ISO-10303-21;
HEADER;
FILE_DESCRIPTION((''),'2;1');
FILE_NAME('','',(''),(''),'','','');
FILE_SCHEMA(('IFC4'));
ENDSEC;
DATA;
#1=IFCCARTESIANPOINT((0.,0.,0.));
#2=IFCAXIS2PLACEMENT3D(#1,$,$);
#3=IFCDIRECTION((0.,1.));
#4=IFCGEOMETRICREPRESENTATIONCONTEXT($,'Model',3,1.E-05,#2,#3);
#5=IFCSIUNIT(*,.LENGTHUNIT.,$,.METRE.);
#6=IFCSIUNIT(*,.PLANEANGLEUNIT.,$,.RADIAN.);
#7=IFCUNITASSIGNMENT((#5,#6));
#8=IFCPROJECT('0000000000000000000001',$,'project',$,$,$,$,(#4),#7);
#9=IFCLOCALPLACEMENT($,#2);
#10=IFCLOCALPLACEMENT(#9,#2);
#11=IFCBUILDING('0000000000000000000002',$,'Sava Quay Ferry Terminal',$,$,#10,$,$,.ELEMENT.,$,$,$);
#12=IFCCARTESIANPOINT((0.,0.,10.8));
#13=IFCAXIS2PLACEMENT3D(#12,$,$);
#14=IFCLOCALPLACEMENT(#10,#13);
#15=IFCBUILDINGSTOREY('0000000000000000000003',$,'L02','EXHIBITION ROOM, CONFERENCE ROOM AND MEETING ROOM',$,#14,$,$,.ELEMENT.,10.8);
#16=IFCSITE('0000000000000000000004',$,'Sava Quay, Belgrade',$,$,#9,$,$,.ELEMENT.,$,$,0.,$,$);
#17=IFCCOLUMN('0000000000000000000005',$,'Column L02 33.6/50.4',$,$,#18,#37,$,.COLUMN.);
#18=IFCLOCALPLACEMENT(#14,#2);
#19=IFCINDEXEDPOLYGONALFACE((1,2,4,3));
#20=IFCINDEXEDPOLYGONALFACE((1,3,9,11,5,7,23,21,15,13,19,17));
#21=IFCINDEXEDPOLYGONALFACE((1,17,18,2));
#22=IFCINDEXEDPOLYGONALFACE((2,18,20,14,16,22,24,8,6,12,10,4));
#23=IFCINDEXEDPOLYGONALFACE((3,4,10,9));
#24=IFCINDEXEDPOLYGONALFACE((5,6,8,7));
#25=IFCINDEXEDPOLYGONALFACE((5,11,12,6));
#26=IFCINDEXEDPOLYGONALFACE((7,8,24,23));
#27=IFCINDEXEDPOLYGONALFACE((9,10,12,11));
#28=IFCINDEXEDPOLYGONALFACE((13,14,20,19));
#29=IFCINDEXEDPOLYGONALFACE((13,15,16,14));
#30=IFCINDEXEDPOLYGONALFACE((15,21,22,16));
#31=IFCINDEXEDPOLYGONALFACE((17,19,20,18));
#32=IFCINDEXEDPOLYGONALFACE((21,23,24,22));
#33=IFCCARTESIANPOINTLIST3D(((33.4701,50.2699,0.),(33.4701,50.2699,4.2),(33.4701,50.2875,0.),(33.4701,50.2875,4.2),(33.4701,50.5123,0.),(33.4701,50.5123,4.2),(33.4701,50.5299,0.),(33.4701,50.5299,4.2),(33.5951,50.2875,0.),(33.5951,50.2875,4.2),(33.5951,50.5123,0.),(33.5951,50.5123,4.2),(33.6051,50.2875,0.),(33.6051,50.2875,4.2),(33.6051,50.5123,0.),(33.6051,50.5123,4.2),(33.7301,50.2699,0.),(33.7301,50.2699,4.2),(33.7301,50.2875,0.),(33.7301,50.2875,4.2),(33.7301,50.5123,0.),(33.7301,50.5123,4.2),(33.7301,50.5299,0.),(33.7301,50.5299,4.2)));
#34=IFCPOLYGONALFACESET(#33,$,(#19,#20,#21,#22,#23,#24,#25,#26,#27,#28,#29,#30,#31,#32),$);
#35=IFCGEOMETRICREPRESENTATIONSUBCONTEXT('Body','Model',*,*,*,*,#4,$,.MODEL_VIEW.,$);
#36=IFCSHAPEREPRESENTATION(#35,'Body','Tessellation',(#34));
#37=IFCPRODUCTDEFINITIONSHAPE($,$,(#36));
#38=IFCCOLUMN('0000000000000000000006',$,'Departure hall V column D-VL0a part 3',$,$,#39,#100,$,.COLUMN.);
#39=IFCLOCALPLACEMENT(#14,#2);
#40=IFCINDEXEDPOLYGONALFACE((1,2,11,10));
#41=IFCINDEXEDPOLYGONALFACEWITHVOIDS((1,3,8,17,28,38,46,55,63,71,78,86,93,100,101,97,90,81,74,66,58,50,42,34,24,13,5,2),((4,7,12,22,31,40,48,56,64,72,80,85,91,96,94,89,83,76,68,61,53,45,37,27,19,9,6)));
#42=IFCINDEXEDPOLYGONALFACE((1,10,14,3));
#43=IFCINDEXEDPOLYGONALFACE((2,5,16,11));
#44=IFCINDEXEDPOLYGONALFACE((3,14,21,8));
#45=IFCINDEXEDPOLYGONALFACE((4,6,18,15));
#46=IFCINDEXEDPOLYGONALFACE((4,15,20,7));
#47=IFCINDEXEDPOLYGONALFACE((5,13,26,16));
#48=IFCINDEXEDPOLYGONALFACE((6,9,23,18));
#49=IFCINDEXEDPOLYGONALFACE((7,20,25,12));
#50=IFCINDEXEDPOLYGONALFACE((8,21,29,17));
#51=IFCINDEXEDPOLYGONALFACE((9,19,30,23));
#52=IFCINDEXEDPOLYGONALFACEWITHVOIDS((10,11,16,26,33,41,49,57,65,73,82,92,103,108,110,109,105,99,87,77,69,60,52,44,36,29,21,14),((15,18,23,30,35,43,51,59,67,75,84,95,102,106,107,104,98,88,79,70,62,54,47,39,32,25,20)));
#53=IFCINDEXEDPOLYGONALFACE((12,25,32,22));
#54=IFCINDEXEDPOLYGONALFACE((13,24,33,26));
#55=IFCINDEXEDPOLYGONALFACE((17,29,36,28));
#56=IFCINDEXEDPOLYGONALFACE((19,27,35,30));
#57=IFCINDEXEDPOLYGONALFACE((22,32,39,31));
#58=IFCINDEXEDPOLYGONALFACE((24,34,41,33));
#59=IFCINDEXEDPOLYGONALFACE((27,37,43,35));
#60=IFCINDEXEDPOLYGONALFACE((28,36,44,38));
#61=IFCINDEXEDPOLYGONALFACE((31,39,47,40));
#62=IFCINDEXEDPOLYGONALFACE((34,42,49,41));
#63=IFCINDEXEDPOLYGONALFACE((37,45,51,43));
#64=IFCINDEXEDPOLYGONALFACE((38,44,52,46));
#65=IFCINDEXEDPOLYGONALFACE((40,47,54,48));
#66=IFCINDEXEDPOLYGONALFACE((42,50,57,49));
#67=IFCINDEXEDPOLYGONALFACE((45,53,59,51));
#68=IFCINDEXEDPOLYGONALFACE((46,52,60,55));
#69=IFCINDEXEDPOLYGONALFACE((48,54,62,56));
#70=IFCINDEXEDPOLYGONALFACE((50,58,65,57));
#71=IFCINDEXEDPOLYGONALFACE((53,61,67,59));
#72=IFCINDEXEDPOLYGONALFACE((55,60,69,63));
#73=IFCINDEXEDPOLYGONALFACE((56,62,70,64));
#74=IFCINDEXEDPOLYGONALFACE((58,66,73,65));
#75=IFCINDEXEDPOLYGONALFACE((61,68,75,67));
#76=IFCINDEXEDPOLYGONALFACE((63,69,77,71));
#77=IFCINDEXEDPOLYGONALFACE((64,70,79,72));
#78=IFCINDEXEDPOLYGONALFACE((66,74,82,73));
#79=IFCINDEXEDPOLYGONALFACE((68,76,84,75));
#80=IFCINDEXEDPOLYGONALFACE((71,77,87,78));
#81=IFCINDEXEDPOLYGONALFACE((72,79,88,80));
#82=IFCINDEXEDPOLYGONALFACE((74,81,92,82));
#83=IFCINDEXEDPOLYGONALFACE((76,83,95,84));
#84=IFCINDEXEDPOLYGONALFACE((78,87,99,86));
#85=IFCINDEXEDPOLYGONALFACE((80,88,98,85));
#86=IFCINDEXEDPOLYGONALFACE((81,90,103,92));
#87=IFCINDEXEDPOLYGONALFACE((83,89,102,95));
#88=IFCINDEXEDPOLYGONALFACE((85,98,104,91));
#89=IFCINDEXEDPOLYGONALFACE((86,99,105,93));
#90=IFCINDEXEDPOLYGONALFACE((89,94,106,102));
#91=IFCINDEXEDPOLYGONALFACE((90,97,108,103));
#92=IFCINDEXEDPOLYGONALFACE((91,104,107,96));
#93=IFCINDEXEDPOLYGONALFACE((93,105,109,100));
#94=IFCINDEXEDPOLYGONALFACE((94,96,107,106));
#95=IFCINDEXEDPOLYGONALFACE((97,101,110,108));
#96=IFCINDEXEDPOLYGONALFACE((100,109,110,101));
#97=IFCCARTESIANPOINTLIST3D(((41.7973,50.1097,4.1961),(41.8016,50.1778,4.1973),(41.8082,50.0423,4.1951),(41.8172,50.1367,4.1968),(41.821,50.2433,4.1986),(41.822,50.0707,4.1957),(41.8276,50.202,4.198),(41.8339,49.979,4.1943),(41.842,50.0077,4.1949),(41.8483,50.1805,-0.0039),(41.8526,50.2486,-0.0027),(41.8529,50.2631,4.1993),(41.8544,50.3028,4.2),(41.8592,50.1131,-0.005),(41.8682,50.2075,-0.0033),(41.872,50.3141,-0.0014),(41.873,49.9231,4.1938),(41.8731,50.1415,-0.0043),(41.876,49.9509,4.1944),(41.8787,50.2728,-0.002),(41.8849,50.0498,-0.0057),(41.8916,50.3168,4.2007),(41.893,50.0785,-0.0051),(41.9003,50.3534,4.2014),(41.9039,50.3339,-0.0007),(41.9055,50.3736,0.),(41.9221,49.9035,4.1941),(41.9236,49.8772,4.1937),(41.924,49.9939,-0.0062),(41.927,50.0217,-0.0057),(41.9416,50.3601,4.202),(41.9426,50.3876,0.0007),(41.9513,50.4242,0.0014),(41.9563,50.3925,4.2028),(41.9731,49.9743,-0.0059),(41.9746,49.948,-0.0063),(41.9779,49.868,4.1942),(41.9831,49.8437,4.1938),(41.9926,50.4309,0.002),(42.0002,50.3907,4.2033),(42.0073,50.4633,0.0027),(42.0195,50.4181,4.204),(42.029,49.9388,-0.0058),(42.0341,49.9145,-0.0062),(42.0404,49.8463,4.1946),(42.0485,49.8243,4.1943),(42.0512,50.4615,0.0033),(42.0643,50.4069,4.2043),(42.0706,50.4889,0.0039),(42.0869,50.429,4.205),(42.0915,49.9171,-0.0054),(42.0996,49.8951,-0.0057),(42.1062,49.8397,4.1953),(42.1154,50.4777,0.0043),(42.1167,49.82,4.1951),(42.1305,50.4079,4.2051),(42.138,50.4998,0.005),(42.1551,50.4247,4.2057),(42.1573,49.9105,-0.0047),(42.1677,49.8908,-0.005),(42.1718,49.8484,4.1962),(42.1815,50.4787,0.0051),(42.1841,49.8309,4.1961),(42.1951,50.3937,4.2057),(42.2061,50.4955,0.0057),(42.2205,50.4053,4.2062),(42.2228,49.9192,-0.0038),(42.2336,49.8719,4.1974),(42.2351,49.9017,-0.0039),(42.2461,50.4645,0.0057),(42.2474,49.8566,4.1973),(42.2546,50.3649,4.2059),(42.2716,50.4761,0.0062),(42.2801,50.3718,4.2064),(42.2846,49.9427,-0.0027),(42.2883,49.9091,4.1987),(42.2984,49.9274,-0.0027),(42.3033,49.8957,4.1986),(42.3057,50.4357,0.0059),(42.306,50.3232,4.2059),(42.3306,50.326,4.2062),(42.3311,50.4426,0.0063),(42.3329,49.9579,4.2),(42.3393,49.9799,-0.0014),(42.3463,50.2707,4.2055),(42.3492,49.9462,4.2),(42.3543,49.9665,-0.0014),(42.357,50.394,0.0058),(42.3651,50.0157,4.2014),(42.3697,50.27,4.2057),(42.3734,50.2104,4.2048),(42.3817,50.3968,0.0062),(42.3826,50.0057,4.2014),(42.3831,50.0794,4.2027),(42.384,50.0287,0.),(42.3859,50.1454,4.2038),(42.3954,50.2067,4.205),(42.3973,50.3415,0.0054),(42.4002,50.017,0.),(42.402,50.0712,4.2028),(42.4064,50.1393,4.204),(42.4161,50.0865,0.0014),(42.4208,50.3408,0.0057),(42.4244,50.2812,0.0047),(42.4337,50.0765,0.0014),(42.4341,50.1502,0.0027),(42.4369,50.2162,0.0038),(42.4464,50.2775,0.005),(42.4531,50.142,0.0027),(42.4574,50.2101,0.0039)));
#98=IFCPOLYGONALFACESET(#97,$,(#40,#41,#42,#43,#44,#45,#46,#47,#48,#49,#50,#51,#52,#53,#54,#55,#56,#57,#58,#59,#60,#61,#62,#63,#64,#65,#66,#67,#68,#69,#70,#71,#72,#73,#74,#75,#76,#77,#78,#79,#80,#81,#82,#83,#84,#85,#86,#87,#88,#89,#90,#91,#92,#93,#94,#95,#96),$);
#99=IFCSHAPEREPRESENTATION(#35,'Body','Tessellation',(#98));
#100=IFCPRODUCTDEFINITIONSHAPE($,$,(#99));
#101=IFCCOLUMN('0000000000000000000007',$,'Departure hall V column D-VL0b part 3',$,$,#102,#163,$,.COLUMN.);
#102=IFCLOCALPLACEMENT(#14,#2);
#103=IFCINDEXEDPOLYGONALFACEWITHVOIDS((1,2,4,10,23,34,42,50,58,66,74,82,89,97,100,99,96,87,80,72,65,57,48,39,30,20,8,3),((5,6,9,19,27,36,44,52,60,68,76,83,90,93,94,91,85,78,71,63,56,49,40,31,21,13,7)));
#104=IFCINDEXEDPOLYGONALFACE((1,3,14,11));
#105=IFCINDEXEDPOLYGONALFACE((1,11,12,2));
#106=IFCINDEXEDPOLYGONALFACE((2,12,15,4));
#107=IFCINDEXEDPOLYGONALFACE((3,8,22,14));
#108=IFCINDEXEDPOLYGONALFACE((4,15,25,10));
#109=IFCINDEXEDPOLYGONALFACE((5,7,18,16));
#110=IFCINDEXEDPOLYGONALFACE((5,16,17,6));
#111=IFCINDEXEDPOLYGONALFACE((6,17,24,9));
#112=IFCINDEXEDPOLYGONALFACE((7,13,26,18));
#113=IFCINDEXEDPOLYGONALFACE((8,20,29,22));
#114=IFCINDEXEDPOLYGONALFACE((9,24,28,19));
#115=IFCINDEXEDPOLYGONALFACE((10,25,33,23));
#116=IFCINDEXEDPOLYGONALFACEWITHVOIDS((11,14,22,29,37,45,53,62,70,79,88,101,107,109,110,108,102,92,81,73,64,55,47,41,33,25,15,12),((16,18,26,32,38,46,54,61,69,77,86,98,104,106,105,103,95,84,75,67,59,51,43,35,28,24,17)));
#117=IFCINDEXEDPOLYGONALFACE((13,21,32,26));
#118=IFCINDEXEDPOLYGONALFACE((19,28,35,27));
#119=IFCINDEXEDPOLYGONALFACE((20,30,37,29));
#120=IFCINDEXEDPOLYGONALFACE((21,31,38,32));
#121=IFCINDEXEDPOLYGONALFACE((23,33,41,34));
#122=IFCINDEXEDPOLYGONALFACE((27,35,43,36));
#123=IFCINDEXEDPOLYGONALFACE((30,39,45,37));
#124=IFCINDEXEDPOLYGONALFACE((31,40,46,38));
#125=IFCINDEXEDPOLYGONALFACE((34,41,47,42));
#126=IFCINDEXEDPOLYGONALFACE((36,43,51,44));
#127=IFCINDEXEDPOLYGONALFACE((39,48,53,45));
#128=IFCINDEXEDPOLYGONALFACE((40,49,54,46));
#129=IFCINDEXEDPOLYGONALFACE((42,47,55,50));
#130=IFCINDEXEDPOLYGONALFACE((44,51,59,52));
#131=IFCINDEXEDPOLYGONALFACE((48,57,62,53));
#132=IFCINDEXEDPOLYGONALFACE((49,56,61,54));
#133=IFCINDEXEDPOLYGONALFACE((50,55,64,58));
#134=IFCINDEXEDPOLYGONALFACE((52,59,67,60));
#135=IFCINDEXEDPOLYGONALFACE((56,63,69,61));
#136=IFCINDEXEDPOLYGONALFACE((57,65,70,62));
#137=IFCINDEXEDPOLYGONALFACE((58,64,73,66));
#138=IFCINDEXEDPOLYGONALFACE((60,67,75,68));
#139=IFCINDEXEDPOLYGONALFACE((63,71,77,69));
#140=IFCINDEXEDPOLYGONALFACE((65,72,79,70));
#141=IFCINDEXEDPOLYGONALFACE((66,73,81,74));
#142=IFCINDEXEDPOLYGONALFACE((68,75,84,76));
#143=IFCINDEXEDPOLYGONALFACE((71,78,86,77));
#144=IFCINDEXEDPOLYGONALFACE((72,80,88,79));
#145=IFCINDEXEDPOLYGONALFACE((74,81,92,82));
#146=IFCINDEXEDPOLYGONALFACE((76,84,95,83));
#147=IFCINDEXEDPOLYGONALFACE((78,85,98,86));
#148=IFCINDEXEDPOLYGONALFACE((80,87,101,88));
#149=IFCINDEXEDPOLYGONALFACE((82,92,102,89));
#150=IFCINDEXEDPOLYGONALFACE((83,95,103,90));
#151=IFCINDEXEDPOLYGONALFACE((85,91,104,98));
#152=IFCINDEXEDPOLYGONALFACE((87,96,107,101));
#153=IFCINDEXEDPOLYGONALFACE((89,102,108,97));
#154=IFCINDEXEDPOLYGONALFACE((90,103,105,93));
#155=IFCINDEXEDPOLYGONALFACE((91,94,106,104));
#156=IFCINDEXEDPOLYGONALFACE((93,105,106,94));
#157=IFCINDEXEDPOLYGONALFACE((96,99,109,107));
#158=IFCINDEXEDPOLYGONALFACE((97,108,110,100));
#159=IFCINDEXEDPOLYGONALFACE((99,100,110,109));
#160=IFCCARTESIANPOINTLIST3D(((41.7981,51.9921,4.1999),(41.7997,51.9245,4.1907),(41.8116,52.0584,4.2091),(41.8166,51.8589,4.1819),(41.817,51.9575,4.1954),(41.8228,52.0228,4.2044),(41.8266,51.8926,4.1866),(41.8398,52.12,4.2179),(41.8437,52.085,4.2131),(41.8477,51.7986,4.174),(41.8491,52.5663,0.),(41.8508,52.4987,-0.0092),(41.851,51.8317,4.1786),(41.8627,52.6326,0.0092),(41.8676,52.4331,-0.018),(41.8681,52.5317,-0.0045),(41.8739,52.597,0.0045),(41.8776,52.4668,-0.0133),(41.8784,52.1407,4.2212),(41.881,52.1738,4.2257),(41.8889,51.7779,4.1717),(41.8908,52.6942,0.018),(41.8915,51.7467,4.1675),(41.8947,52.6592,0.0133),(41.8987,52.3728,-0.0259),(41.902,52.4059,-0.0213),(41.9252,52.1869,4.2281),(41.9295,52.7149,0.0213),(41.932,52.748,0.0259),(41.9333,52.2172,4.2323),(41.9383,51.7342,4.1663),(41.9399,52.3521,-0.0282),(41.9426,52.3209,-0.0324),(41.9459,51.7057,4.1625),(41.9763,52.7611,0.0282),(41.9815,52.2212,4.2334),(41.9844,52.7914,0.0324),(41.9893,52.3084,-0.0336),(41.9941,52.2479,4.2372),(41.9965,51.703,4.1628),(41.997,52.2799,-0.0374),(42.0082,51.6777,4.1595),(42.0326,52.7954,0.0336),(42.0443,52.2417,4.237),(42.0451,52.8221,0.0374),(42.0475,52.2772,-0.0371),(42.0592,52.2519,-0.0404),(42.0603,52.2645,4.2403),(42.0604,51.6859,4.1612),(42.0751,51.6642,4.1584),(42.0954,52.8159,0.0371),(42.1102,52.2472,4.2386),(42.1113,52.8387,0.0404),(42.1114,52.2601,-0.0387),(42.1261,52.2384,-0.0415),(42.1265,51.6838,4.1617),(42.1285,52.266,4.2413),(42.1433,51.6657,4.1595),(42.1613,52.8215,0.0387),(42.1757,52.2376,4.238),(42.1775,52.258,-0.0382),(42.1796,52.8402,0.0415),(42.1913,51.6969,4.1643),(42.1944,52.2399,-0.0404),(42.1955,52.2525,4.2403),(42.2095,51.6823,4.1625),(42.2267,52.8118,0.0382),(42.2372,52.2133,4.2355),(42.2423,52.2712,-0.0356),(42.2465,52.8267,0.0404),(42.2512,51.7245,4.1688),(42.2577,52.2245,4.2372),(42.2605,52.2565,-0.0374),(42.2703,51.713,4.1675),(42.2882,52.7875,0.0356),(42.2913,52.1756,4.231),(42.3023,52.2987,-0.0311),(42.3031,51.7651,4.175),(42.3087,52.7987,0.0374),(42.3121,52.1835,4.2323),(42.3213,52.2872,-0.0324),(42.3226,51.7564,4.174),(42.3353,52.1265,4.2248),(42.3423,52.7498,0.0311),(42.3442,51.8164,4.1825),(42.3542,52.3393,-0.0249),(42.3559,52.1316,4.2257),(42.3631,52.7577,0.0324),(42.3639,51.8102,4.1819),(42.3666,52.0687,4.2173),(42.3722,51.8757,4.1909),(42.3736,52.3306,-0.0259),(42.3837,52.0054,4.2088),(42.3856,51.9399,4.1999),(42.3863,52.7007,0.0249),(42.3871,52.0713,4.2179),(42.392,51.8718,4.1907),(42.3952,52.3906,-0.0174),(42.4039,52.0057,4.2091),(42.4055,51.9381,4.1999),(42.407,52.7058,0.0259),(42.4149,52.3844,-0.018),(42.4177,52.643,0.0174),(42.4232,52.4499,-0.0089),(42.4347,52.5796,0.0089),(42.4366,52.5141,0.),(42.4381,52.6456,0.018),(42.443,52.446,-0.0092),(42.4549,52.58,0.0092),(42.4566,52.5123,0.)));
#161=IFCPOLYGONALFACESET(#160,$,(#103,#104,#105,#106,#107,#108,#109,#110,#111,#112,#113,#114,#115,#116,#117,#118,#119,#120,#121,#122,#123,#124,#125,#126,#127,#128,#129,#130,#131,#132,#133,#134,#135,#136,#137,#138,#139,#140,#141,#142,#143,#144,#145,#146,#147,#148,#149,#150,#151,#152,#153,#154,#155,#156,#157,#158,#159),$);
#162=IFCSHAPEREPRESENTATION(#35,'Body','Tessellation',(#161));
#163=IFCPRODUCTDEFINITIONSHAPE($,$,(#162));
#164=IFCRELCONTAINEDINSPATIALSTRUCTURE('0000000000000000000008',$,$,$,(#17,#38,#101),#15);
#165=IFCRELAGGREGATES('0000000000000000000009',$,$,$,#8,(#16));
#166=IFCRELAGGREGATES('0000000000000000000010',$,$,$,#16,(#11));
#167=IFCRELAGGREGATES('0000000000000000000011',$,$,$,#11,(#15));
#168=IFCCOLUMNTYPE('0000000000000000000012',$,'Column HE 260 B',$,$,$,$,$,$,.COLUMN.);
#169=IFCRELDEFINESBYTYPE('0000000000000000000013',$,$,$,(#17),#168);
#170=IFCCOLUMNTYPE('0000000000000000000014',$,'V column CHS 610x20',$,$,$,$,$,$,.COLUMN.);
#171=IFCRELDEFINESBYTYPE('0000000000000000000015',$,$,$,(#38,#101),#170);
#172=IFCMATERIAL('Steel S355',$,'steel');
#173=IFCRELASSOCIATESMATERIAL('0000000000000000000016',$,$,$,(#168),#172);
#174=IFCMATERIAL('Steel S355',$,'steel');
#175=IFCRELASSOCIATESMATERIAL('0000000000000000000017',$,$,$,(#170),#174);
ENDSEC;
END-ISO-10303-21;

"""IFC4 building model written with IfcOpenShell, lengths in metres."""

from ifc_helpers import new_model, si_unit, direction, frame, origin, origin_2d, place, context, subcontext, project, spatial, hollow_circle, i_section, extrude, material, material_profile, profile_set, type_object, element, save


model = new_model("IFC4")

# Units and contexts
model_context = context("Model", 3, precision=1e-05, world=origin(), true_north=direction((0.0, 1.0)))
body_context = subcontext(model_context, "Body", "Model", "MODEL_VIEW")
ifc_project = project(units=[si_unit("LENGTHUNIT", "METRE"), si_unit("PLANEANGLEUNIT", "RADIAN")], contexts=[model_context])

# Site, building, storey
site_placement = place(None, origin())
site = spatial("IfcSite", under=ifc_project, at=site_placement, Name="Sava Quay, Belgrade", CompositionType="ELEMENT", RefElevation=0.0)
building_placement = place(site_placement, origin())
building = spatial("IfcBuilding", under=site, at=building_placement, Name="Sava Quay Ferry Terminal", CompositionType="ELEMENT")
storey_placement = place(building_placement, frame((0.0, 0.0, 10.8)))
storey = spatial("IfcBuildingStorey", under=building, at=storey_placement, Name="L02", Description="EXHIBITION ROOM, CONFERENCE ROOM AND MEETING ROOM", CompositionType="ELEMENT", Elevation=10.8)

# Columns
ifc_material_1 = material(Name="Steel S355", Category="steel")
ifc_material_profile_1 = material_profile(ifc_material_1, i_section(OverallWidth=0.26, OverallDepth=0.26, WebThickness=0.01, FlangeThickness=0.0176, at=origin_2d()), Name="HE 260 B")
ifc_profile_set_1 = profile_set([ifc_material_profile_1], Name="Steel S355")
column_type_1 = type_object("IfcColumnType", Name="Column HE 260 B", PredefinedType="COLUMN", material=ifc_profile_set_1)
column_1_placement = place(storey_placement, frame((33.6001, 50.3999, 0.0), z_axis=(0.0, 0.0, 1.0), x_axis=(1.0, 0.0, 0.0)))
element("IfcColumn", 1, at=column_1_placement, inside=storey, type_object=column_type_1, Name="Column L02 33.6/50.4", PredefinedType="COLUMN", context=body_context, shape_type="SweptSolid", body=[
    extrude(i_section(OverallWidth=0.26, OverallDepth=0.26, WebThickness=0.01, FlangeThickness=0.0176, at=origin_2d()), origin(), (0.0, 0.0, 1.0), 4.2),
])
ifc_material_2 = material(Name="Steel S355", Category="steel")
ifc_material_profile_2 = material_profile(ifc_material_2, hollow_circle(Radius=0.3049, WallThickness=0.02, at=origin_2d()), Name="CHS 610 x 20.0")
ifc_profile_set_2 = profile_set([ifc_material_profile_2], Name="Steel S355")
column_type_2 = type_object("IfcColumnType", Name="V column CHS 610x20", PredefinedType="COLUMN", material=ifc_profile_set_2)
column_2_placement = place(storey_placement, frame((42.1528, 50.1953, 0.0), z_axis=(-0.012146, -0.016854, 0.999784), x_axis=(0.811269, -0.584673, 0.0)))
element("IfcColumn", 2, at=column_2_placement, inside=storey, type_object=column_type_2, Name="Departure hall V column D-VL0a part 3", PredefinedType="COLUMN", context=body_context, shape_type="SweptSolid", body=[
    extrude(hollow_circle(Radius=0.3049, WallThickness=0.02, at=origin_2d()), origin(), (0.0, 0.0, 1.0), 4.2009),
])
column_3_placement = place(storey_placement, frame((42.1528, 52.5393, 0.0), z_axis=(-0.012036, -0.13545, 0.990711), x_axis=(0.996075, -0.088512, 0.0)))
element("IfcColumn", 3, at=column_3_placement, inside=storey, type_object=column_type_2, Name="Departure hall V column D-VL0b part 3", PredefinedType="COLUMN", context=body_context, shape_type="SweptSolid", body=[
    extrude(hollow_circle(Radius=0.3049, WallThickness=0.02, at=origin_2d()), origin(), (0.0, 0.0, 1.0), 4.2393),
])

save(model, "model.ifc")
